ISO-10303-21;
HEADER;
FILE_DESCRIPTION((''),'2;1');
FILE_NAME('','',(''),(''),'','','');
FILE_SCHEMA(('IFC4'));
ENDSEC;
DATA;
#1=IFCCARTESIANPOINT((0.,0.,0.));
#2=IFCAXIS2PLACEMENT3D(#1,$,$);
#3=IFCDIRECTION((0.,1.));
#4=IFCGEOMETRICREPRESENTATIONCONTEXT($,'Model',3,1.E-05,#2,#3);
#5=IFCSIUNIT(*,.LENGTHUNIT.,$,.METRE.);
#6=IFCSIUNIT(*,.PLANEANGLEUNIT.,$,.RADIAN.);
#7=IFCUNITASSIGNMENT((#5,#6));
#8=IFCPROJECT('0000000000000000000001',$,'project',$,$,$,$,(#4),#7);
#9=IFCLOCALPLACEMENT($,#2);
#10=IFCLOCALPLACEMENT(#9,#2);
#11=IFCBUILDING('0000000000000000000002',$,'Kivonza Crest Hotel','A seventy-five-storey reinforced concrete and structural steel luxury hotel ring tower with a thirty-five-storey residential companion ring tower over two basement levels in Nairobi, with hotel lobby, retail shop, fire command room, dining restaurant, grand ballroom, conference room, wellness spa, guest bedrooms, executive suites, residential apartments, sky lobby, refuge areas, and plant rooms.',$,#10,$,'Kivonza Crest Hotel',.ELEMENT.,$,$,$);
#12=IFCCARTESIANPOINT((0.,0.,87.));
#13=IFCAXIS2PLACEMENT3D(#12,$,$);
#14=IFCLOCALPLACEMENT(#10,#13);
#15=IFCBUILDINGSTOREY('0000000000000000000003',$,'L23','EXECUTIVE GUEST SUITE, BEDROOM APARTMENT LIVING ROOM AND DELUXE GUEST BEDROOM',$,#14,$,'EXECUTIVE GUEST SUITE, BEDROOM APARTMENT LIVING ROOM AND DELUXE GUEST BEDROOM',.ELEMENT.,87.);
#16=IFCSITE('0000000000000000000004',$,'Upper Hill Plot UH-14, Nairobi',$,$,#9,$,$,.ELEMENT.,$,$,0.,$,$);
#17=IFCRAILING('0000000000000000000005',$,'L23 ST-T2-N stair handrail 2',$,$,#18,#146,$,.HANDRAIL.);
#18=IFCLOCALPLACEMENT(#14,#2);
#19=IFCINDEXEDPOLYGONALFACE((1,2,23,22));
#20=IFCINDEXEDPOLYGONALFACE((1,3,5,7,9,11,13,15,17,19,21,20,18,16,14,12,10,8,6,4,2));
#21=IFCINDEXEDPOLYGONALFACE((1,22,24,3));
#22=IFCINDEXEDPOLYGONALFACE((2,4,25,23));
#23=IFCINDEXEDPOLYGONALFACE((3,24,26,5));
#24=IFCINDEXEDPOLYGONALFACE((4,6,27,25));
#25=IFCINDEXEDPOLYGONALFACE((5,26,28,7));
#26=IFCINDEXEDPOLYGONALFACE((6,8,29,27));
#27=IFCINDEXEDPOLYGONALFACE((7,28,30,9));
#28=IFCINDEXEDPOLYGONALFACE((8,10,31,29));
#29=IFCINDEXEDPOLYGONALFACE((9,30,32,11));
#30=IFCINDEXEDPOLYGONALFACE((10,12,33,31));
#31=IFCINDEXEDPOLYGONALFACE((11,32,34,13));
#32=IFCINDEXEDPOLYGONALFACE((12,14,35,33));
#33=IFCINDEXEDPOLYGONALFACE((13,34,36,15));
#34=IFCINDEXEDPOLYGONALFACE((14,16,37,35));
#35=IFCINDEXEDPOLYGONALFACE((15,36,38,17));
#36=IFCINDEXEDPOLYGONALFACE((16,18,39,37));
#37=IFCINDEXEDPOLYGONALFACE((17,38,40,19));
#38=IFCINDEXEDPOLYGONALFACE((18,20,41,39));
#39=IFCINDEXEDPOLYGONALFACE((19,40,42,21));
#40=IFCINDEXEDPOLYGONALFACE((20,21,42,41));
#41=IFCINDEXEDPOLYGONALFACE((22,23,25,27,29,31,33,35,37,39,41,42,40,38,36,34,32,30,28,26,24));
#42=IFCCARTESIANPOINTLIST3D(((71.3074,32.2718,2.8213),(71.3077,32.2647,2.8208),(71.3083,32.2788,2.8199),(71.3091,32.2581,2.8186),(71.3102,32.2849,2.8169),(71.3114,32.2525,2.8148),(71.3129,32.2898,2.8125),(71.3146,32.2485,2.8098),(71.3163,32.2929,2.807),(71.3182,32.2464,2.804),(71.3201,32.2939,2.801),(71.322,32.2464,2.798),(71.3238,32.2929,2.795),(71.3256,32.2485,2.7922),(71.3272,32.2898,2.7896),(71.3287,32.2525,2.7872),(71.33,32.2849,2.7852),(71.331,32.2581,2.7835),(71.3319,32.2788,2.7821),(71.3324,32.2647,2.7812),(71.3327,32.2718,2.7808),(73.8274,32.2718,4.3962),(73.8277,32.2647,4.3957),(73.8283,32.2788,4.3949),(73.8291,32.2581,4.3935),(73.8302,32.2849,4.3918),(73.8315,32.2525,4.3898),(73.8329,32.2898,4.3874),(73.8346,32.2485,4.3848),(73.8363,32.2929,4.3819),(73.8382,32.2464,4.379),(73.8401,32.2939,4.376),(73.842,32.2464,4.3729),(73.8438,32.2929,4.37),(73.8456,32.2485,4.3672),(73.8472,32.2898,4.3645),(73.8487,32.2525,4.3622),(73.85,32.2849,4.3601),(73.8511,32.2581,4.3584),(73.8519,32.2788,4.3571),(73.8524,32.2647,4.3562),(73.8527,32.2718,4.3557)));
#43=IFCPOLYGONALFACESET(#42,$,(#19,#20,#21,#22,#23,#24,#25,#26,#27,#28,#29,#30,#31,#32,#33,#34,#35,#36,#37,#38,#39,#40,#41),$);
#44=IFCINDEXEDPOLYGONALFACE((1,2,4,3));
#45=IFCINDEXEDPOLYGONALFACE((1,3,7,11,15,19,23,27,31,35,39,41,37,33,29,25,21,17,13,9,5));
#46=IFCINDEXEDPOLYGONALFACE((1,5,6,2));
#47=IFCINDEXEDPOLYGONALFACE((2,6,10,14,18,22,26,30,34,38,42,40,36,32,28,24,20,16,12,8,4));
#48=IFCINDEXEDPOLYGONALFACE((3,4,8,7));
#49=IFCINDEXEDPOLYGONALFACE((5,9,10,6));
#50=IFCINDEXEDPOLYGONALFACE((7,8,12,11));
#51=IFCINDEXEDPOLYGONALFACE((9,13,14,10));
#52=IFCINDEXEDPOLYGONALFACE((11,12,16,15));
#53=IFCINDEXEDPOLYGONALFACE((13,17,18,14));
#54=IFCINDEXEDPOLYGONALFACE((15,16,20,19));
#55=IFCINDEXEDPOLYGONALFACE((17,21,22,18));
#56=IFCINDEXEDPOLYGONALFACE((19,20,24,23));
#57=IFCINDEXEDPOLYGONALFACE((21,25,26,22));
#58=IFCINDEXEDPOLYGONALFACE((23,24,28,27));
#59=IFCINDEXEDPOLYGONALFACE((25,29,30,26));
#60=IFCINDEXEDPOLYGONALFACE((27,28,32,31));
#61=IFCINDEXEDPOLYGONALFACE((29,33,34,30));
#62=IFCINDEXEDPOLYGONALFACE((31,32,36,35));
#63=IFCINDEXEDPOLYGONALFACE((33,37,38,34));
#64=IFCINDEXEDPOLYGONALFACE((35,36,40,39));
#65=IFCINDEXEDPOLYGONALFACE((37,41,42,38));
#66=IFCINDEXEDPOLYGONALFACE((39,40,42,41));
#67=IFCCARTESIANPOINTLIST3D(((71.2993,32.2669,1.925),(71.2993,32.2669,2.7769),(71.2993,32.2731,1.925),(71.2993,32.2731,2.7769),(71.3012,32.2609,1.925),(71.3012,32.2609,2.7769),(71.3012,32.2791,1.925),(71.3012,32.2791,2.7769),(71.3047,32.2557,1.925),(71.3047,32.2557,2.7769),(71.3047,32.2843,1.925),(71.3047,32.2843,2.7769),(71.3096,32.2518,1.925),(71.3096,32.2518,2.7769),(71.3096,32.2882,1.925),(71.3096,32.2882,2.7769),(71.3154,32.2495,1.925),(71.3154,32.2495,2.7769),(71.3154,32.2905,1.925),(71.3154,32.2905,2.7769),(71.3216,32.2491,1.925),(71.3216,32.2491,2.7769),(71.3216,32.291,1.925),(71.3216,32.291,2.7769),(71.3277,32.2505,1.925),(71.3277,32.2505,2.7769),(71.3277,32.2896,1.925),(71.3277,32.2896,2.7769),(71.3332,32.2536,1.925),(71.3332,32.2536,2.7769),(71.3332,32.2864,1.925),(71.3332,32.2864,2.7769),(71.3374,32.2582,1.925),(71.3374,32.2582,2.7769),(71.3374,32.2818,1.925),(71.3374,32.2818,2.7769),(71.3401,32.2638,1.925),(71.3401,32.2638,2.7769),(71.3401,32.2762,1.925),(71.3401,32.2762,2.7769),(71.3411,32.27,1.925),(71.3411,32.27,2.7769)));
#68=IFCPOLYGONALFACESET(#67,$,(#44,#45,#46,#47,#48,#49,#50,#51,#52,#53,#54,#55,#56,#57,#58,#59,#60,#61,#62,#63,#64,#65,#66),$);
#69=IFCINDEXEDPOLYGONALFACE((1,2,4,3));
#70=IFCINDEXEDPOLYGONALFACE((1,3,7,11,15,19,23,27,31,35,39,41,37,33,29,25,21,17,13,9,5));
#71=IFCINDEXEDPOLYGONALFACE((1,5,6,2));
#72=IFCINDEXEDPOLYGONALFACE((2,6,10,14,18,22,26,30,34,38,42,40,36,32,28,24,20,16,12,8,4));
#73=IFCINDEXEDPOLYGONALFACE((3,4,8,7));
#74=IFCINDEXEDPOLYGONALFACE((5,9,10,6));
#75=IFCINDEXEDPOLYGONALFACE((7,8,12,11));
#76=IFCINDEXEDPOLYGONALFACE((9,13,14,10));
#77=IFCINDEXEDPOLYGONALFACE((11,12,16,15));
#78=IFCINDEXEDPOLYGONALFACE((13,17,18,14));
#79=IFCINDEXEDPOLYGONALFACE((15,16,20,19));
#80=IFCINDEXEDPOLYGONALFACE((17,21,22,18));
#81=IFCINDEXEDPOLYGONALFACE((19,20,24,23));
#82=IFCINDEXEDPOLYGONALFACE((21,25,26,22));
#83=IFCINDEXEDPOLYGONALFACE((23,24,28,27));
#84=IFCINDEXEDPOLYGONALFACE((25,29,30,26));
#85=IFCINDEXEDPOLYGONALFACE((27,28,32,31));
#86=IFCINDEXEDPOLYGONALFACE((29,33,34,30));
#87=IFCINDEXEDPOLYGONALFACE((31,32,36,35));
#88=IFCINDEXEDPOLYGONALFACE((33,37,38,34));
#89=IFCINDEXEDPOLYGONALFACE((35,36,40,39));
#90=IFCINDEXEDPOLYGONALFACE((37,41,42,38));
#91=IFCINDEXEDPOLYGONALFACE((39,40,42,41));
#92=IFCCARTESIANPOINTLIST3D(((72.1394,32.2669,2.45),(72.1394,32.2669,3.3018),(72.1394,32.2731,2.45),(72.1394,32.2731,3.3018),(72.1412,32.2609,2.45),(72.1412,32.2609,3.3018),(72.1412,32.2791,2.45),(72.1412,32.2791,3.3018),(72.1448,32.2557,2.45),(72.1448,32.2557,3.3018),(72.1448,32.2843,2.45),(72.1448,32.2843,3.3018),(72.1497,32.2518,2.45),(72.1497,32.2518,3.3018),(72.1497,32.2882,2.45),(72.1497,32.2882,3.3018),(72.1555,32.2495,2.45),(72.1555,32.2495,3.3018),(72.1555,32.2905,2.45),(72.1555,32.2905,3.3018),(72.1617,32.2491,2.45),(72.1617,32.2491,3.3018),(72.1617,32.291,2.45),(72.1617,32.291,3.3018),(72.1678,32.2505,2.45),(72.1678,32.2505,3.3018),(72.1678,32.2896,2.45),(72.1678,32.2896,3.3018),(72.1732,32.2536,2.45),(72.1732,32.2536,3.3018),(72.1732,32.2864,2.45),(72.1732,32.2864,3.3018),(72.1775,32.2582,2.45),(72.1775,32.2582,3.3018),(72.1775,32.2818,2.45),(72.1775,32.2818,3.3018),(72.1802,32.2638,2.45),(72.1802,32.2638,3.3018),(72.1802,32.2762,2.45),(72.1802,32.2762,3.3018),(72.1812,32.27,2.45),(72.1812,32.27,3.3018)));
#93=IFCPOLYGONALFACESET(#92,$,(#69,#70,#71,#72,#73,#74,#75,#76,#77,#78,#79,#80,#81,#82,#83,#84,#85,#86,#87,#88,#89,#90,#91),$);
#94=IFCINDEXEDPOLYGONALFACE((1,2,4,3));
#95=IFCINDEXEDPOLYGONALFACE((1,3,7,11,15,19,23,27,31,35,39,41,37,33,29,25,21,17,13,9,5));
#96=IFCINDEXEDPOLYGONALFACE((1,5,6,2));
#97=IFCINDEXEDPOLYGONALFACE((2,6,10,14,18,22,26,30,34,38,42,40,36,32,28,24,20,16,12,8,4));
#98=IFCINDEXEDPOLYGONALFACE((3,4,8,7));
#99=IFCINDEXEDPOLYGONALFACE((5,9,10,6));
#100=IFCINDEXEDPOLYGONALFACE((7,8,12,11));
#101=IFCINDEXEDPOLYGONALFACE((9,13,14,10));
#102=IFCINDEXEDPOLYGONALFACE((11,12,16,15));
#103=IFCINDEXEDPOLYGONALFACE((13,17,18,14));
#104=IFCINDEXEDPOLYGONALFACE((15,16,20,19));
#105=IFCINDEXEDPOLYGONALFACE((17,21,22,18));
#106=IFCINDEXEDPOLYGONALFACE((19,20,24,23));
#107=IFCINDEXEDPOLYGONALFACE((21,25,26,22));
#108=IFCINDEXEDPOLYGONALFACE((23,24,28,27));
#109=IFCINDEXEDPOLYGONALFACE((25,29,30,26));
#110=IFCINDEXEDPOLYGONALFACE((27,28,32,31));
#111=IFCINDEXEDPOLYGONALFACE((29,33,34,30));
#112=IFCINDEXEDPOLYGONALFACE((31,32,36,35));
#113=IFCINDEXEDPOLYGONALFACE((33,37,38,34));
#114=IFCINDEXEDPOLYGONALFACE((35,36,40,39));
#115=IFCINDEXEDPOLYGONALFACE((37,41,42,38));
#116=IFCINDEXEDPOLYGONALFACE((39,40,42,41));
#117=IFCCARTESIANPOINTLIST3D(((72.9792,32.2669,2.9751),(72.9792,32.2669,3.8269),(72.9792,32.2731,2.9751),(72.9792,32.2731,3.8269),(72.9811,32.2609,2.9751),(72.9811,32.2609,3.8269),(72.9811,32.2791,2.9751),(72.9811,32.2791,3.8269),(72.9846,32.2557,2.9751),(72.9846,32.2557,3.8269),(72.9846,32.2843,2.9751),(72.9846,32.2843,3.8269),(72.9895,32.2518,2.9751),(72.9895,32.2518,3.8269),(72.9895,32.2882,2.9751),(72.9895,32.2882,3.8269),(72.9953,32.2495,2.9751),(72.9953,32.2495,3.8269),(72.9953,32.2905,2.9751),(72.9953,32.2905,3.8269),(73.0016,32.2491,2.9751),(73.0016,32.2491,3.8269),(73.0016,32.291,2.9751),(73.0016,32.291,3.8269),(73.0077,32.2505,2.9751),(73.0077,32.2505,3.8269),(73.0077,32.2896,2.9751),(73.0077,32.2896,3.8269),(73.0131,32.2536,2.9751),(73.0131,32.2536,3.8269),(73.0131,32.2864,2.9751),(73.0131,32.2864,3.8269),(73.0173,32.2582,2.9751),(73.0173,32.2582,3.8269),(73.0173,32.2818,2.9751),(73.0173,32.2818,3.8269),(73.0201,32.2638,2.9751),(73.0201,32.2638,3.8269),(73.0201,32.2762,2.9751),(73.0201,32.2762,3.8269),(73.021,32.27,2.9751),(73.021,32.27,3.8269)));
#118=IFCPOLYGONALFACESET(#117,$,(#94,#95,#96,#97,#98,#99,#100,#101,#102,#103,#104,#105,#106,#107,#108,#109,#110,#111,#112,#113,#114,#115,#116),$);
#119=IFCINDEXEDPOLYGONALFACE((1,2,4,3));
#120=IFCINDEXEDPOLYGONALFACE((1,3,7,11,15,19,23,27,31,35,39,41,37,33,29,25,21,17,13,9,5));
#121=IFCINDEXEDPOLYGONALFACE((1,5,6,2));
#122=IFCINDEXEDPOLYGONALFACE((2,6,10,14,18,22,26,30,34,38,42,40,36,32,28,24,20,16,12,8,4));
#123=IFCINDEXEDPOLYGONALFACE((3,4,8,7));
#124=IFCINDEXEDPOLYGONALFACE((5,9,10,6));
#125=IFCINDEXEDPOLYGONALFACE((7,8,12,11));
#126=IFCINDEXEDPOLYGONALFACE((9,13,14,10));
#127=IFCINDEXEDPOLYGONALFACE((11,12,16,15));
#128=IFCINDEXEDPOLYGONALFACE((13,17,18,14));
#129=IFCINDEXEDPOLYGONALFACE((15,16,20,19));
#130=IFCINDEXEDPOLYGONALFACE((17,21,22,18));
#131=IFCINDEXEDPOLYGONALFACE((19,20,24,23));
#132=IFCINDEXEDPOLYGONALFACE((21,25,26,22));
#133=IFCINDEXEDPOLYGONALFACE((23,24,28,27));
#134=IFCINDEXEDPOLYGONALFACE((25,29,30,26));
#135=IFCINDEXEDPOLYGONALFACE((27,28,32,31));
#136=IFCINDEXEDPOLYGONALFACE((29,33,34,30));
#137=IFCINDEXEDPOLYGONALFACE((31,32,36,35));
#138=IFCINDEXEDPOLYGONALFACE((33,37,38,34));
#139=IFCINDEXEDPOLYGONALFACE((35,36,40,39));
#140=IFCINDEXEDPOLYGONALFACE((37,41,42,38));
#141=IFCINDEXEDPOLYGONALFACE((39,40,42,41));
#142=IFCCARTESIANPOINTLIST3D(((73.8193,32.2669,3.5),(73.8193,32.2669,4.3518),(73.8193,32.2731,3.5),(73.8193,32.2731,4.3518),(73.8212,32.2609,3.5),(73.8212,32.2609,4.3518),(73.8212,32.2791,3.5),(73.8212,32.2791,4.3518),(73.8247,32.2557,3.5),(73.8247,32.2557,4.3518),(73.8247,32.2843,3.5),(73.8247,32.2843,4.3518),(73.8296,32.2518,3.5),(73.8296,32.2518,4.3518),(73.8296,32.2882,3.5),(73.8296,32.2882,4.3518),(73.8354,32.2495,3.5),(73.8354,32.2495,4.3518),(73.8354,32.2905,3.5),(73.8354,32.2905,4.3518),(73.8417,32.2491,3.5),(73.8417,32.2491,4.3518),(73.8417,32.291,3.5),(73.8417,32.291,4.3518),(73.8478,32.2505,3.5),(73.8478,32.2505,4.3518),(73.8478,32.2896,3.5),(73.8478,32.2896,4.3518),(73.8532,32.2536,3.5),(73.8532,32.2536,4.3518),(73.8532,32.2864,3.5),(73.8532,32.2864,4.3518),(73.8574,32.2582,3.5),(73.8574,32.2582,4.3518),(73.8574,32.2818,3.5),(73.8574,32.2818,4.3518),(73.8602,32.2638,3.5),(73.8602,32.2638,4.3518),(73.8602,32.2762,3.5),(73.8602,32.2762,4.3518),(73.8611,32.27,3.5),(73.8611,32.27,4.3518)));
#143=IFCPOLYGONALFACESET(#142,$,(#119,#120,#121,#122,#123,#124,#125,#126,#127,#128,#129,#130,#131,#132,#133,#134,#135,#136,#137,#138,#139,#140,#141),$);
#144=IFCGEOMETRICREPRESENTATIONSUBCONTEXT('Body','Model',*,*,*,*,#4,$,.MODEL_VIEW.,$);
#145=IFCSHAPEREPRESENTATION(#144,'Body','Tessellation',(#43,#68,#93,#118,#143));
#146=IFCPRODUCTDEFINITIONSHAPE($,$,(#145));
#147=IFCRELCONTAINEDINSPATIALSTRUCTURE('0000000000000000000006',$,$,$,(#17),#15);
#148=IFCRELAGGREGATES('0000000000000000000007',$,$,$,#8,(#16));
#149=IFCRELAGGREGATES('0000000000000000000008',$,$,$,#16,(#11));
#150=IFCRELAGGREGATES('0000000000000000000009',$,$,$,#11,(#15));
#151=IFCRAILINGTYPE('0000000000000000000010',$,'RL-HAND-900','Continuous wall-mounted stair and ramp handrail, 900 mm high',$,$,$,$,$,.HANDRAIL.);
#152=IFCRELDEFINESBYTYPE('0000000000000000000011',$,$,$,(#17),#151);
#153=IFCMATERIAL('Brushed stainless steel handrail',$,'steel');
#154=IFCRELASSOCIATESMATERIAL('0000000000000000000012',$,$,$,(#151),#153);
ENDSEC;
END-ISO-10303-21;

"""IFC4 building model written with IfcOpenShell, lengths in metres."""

from ifc_helpers import new_model, si_unit, direction, frame, origin, origin_2d, place, context, subcontext, project, spatial, circle, extrude, material, type_object, element, save


model = new_model("IFC4")

# Units and contexts
model_context = context("Model", 3, precision=1e-05, world=origin(), true_north=direction((0.0, 1.0)))
body_context = subcontext(model_context, "Body", "Model", "MODEL_VIEW")
ifc_project = project(units=[si_unit("LENGTHUNIT", "METRE"), si_unit("PLANEANGLEUNIT", "RADIAN")], contexts=[model_context])

# Site, building, storey
site_placement = place(None, origin())
site = spatial("IfcSite", under=ifc_project, at=site_placement, Name="Upper Hill Plot UH-14, Nairobi", CompositionType="ELEMENT", RefElevation=0.0)
building_placement = place(site_placement, origin())
building = spatial("IfcBuilding", under=site, at=building_placement, Name="Kivonza Crest Hotel", Description="A seventy-five-storey reinforced concrete and structural steel luxury hotel ring tower with a thirty-five-storey residential companion ring tower over two basement levels in Nairobi, with hotel lobby, retail shop, fire command room, dining restaurant, grand ballroom, conference room, wellness spa, guest bedrooms, executive suites, residential apartments, sky lobby, refuge areas, and plant rooms.", LongName="Kivonza Crest Hotel", CompositionType="ELEMENT")
storey_placement = place(building_placement, frame((0.0, 0.0, 87.0)))
storey = spatial("IfcBuildingStorey", under=building, at=storey_placement, Name="L23", Description="EXECUTIVE GUEST SUITE, BEDROOM APARTMENT LIVING ROOM AND DELUXE GUEST BEDROOM", LongName="EXECUTIVE GUEST SUITE, BEDROOM APARTMENT LIVING ROOM AND DELUXE GUEST BEDROOM", CompositionType="ELEMENT", Elevation=87.0)

# Railing
ifc_material_1 = material(Name="Brushed stainless steel handrail", Category="steel")
railing_type_1 = type_object("IfcRailingType", Name="RL-HAND-900", Description="Continuous wall-mounted stair and ramp handrail, 900 mm high", PredefinedType="HANDRAIL", material=ifc_material_1)
railing_1_placement = place(storey_placement, frame((71.3201, 32.27, 1.925)))
element("IfcRailing", 1, at=railing_1_placement, inside=storey, type_object=railing_type_1, Name="L23 ST-T2-N stair handrail 2", PredefinedType="HANDRAIL", context=body_context, shape_type="SweptSolid", body=[
    extrude(circle(Radius=0.0239, at=origin_2d()), frame((0.0, 0.0, 0.876), z_axis=(0.848008, 0.0, 0.529984), x_axis=(0.0, 1.0, 0.0)), (0.0, 0.0, 1.0), 2.9717),
    extrude(circle(Radius=0.021, at=origin_2d()), origin(), (0.0, 0.0, 1.0), 0.8518),
    extrude(circle(Radius=0.021, at=origin_2d()), frame((0.8401, 0.0, 0.5249)), (0.0, 0.0, 1.0), 0.8518),
    extrude(circle(Radius=0.021, at=origin_2d()), frame((1.6799, 0.0, 1.05)), (0.0, 0.0, 1.0), 0.8518),
    extrude(circle(Radius=0.021, at=origin_2d()), frame((2.52, 0.0, 1.575)), (0.0, 0.0, 1.0), 0.8518),
])

save(model, "model.ifc")
